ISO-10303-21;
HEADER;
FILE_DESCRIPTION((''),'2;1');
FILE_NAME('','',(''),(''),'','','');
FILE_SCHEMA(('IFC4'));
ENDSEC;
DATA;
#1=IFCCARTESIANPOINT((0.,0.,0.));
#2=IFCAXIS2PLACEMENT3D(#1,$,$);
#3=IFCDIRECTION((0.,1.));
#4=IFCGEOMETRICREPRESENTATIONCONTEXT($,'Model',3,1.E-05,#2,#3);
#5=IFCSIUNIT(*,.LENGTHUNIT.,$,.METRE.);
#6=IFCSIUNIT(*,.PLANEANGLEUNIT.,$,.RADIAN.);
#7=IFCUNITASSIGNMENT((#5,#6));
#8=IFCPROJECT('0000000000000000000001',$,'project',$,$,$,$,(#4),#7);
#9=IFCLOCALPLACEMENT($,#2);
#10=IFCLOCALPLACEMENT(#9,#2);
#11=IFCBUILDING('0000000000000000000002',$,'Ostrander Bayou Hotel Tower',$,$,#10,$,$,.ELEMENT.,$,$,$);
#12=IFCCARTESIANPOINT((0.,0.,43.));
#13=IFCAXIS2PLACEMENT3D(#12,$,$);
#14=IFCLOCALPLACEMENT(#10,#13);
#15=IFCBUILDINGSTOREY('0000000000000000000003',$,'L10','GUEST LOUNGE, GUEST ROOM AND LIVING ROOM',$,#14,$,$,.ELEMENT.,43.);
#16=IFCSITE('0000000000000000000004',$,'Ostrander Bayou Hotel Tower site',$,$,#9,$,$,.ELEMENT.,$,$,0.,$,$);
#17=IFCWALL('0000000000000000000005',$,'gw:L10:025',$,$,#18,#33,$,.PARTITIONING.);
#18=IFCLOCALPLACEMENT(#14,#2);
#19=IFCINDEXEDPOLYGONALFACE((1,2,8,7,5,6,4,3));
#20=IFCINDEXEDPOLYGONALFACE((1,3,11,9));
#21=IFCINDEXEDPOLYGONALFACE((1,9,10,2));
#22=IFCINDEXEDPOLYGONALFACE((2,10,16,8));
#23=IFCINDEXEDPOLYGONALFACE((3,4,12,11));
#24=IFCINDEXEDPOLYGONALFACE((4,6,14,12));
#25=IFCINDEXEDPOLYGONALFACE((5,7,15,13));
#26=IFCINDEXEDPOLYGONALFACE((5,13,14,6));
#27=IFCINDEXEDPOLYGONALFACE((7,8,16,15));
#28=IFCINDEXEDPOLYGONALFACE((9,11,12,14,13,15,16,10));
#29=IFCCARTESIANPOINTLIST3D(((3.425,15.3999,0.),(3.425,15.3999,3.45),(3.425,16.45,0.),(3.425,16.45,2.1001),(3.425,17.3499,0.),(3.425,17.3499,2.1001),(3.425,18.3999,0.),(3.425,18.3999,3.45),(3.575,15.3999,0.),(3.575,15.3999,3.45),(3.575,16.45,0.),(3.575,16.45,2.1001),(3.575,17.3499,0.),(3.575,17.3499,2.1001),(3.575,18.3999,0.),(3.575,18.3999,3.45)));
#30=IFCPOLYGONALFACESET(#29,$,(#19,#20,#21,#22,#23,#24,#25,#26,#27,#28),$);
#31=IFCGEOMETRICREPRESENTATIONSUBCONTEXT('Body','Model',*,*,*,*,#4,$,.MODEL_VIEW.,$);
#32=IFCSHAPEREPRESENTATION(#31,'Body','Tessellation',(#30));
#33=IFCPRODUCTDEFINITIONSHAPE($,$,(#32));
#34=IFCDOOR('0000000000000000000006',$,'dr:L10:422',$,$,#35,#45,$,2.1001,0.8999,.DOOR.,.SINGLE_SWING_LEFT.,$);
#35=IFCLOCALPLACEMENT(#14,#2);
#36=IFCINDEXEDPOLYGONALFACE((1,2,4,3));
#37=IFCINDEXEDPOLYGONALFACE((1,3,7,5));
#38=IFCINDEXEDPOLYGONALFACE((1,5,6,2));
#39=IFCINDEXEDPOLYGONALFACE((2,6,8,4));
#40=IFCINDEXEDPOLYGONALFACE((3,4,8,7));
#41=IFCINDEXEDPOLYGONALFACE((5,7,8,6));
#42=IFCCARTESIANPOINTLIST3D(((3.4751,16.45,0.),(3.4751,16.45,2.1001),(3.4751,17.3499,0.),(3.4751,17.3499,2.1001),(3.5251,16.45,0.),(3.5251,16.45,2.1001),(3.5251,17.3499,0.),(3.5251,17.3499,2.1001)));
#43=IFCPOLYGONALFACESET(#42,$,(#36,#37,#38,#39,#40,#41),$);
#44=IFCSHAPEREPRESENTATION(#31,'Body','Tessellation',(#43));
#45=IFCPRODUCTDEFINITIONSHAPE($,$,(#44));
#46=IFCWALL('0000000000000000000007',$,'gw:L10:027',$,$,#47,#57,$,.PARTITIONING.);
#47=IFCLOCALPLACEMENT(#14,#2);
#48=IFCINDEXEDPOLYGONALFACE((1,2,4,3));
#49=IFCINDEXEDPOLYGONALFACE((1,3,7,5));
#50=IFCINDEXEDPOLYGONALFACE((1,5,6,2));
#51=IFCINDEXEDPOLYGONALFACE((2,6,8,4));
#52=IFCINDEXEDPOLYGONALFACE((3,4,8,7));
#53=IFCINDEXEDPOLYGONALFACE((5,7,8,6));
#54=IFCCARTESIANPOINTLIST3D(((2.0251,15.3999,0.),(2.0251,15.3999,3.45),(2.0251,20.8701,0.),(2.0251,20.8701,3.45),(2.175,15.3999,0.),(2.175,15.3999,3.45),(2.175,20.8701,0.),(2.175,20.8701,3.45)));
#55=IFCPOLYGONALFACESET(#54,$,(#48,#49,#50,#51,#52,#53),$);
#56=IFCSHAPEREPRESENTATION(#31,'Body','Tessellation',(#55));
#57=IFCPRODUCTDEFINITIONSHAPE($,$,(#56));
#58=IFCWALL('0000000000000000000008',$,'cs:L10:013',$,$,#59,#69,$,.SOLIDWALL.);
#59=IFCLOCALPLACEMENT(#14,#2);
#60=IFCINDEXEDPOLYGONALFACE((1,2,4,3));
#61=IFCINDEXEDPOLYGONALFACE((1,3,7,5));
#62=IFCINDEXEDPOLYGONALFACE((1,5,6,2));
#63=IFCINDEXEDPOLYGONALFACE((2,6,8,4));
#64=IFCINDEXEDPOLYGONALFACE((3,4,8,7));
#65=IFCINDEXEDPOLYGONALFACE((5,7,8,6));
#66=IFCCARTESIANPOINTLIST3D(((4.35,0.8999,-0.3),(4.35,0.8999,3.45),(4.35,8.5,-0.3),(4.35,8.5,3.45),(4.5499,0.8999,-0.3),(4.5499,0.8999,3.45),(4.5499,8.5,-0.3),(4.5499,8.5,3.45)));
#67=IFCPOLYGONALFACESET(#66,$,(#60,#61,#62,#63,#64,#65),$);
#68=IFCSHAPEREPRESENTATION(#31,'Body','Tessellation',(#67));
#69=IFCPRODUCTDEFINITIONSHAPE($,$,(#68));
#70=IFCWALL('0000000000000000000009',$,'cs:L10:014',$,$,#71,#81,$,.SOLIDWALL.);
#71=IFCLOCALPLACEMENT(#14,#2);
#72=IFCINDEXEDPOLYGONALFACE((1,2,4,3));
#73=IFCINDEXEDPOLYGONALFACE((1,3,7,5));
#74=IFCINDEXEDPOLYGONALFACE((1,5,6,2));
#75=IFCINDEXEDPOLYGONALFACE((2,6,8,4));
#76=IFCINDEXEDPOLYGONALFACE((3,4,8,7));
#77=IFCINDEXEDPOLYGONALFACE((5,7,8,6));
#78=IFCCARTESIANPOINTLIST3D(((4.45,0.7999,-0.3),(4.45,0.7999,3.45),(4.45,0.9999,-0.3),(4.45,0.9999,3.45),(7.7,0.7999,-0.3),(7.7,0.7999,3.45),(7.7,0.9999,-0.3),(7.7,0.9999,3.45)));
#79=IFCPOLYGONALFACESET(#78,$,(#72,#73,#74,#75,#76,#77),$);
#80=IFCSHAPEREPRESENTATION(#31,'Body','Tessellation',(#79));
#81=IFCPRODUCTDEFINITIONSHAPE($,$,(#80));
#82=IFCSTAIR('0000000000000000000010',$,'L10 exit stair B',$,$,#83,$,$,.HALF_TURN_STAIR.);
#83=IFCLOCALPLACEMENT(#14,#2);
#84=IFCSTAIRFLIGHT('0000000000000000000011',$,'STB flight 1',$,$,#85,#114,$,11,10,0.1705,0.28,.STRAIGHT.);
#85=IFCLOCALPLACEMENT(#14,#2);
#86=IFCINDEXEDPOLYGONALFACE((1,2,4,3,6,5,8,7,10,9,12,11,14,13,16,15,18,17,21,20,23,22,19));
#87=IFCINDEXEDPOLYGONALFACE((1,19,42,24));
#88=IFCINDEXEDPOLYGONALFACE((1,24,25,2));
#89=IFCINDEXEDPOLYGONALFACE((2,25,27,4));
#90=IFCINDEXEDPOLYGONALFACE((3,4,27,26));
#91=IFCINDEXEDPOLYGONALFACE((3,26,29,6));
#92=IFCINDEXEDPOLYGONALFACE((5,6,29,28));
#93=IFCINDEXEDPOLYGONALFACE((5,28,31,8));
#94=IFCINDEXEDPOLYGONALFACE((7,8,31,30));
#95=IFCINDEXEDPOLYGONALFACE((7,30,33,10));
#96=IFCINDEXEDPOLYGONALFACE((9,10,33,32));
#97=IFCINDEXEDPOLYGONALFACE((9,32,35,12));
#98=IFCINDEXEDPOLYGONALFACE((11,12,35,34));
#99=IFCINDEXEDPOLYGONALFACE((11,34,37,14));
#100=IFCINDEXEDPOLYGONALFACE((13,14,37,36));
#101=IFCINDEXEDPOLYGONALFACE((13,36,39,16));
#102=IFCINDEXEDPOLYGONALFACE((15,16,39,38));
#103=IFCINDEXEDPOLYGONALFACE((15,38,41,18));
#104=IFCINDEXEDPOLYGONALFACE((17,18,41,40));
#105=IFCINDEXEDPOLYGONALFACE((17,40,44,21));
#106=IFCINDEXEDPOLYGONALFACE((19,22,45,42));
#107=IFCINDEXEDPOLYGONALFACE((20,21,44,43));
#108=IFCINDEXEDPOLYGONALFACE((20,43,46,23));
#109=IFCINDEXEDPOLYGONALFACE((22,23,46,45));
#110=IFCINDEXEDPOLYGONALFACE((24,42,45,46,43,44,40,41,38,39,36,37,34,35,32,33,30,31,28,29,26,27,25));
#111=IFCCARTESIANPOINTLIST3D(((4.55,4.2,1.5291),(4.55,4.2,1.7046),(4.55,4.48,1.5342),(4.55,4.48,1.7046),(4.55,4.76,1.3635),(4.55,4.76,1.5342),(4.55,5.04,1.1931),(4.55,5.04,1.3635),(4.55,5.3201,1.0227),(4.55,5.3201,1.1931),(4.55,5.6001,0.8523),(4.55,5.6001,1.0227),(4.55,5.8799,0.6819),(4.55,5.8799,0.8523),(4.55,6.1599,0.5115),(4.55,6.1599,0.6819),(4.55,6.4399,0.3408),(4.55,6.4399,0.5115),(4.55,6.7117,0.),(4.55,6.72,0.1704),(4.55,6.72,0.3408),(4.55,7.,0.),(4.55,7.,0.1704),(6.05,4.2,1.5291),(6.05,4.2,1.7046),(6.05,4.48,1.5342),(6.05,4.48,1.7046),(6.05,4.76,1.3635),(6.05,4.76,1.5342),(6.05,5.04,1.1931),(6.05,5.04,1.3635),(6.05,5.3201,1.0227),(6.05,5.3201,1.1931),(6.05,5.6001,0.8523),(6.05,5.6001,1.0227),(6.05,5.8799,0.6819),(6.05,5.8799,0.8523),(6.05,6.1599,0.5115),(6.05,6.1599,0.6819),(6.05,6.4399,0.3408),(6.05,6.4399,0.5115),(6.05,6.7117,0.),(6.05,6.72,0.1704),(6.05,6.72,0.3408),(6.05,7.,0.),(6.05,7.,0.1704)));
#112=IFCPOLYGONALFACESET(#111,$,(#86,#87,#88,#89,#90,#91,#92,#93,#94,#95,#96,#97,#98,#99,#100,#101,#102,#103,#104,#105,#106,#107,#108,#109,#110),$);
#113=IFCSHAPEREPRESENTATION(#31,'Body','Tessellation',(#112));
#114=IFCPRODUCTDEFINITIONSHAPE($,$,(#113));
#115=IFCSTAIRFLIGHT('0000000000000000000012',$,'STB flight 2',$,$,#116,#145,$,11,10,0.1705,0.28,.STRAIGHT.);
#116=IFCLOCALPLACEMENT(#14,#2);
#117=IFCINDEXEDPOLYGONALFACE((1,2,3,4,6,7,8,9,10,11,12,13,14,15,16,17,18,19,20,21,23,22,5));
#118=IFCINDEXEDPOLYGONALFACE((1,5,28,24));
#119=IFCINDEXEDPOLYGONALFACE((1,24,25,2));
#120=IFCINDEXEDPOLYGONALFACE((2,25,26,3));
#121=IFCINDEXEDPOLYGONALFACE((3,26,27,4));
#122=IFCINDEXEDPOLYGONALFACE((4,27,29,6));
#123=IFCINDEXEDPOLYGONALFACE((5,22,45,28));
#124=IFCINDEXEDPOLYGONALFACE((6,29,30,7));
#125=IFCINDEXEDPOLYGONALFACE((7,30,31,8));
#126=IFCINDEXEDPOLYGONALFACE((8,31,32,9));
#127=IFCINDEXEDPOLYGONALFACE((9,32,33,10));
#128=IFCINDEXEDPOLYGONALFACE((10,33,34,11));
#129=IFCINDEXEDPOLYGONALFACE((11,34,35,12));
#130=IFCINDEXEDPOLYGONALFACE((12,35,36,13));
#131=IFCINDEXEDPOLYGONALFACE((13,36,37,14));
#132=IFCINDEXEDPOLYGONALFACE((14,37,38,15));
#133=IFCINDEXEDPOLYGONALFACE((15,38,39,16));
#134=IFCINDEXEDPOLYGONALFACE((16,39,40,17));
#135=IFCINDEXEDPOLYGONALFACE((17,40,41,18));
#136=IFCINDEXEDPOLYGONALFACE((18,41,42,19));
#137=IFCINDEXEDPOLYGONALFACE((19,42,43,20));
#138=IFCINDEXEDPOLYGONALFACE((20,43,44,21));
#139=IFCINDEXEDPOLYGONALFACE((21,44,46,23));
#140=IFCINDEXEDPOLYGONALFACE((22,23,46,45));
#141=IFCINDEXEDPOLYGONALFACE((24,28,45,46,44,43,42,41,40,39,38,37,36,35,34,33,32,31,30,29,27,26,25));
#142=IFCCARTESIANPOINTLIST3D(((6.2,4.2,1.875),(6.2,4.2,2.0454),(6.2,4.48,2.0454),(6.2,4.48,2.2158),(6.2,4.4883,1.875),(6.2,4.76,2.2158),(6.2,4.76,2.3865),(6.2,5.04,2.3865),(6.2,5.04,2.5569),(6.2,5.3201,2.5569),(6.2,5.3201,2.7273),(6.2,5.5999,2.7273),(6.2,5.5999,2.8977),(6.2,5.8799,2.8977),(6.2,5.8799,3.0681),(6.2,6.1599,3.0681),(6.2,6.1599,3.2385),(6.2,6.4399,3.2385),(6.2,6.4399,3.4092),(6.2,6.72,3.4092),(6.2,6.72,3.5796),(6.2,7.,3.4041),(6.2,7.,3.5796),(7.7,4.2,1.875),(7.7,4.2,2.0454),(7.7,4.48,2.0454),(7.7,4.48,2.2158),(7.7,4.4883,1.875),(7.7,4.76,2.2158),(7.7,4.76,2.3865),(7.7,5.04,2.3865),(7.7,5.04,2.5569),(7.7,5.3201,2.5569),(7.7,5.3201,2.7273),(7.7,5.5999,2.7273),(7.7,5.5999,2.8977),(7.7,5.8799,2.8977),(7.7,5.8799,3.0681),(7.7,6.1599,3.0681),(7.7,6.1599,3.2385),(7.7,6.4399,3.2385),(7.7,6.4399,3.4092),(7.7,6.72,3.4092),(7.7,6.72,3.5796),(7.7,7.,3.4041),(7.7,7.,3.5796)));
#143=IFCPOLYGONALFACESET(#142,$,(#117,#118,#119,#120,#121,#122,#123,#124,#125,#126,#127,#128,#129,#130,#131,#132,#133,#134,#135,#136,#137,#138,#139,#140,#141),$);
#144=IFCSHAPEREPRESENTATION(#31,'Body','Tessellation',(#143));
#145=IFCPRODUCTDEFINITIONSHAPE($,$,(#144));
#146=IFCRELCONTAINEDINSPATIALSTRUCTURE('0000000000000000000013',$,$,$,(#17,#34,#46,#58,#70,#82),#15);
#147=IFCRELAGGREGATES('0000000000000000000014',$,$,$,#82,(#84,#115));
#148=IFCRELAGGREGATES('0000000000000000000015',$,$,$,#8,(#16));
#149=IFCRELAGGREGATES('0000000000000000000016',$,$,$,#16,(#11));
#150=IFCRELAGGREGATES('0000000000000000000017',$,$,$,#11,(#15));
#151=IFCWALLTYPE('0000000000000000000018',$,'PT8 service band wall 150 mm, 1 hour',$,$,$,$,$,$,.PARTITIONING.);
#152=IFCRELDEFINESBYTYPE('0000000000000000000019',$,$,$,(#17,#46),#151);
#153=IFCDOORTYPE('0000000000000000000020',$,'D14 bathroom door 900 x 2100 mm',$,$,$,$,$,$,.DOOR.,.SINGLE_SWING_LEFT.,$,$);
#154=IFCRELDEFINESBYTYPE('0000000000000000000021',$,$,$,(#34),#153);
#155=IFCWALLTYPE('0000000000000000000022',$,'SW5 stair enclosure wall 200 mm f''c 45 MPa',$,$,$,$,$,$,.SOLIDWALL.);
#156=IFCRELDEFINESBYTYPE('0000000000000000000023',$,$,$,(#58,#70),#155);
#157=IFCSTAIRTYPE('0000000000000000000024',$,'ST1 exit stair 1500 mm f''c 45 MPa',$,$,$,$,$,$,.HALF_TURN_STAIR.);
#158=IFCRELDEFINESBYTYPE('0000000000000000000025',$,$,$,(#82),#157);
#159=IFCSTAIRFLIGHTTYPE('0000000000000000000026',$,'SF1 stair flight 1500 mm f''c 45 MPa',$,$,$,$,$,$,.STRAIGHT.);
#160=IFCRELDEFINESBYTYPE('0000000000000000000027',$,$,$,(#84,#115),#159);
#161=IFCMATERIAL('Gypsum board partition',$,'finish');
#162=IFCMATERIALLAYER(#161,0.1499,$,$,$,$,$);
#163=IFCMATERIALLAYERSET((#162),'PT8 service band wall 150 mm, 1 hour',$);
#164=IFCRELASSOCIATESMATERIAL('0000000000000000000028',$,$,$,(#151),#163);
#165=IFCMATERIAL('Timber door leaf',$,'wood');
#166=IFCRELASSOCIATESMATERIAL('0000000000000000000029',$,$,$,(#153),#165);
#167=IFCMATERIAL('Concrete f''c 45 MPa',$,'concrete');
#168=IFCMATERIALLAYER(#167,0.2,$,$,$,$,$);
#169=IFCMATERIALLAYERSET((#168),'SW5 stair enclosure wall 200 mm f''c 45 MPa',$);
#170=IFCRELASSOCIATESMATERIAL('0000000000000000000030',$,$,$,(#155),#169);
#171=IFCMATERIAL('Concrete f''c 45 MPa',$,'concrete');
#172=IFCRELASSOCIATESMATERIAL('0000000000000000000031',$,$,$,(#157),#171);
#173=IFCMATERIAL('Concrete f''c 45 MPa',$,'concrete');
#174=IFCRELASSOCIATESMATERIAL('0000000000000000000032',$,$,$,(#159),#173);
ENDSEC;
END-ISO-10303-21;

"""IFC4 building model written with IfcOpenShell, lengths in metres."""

from ifc_helpers import new_model, si_unit, direction, frame, frame_2d, origin, place, context, subcontext, project, spatial, polyline, rectangle, outline, extrude, material, layer, layer_set, type_object, element, fill, aggregate, save


model = new_model("IFC4")

# Units and contexts
model_context = context("Model", 3, precision=1e-05, world=origin(), true_north=direction((0.0, 1.0)))
body_context = subcontext(model_context, "Body", "Model", "MODEL_VIEW")
ifc_project = project(units=[si_unit("LENGTHUNIT", "METRE"), si_unit("PLANEANGLEUNIT", "RADIAN")], contexts=[model_context])

# Site, building, storey
site_placement = place(None, origin())
site = spatial("IfcSite", under=ifc_project, at=site_placement, Name="Ostrander Bayou Hotel Tower site", CompositionType="ELEMENT", RefElevation=0.0)
building_placement = place(site_placement, origin())
building = spatial("IfcBuilding", under=site, at=building_placement, Name="Ostrander Bayou Hotel Tower", CompositionType="ELEMENT")
storey_placement = place(building_placement, frame((0.0, 0.0, 43.0)))
storey = spatial("IfcBuildingStorey", under=building, at=storey_placement, Name="L10", Description="GUEST LOUNGE, GUEST ROOM AND LIVING ROOM", CompositionType="ELEMENT", Elevation=43.0)

# Shared definitions
ifc_material_1 = material(Name="Gypsum board partition", Category="finish")
ifc_layer_1 = layer(ifc_material_1, 0.1499)
ifc_layer_set_1 = layer_set([ifc_layer_1], Name="PT8 service band wall 150 mm, 1 hour")
wall_type_1 = type_object("IfcWallType", Name="PT8 service band wall 150 mm, 1 hour", PredefinedType="PARTITIONING", material=ifc_layer_set_1)

# Wall, opening, door
wall_1_placement = place(storey_placement, frame((3.5, 15.3999, 0.0), z_axis=(0.0, 0.0, 1.0), x_axis=(0.0, 1.0, 0.0)))
wall_1 = element("IfcWall", 1, at=wall_1_placement, inside=storey, type_object=wall_type_1, Name="gw:L10:025", PredefinedType="PARTITIONING", context=body_context, shape_type="SweptSolid", body=[
    extrude(rectangle(XDim=3.0, YDim=0.1499, at=frame_2d((1.5, 0.0))), origin(), (0.0, 0.0, 1.0), 3.45),
])
opening_1_placement = place(wall_1_placement, frame((1.05, 0.0, 0.0)))
opening_1 = element("IfcOpeningElement", 2, at=opening_1_placement, cuts=wall_1, PredefinedType="OPENING", context=body_context, shape_type="SweptSolid", body=[
    extrude(rectangle(XDim=0.8999, YDim=2.1001, at=frame_2d((0.45, 1.05))), frame((0.0, 0.075, 0.0), z_axis=(0.0, -1.0, 0.0), x_axis=(1.0, 0.0, 0.0)), (0.0, 0.0, 1.0), 0.1499),
])
ifc_material_2 = material(Name="Timber door leaf", Category="wood")
door_type_1 = type_object("IfcDoorType", Name="D14 bathroom door 900 x 2100 mm", OperationType="SINGLE_SWING_LEFT", PredefinedType="DOOR", material=ifc_material_2)
door_1_placement = place(opening_1_placement, origin())
door_1 = element("IfcDoor", 3, at=door_1_placement, inside=storey, type_object=door_type_1, Name="dr:L10:422", OperationType="SINGLE_SWING_LEFT", OverallHeight=2.1001, OverallWidth=0.8999, PredefinedType="DOOR", context=body_context, shape_type="SweptSolid", body=[
    extrude(rectangle(XDim=0.8999, YDim=2.1001, at=frame_2d((0.45, 1.05))), frame((0.0, 0.0249, 0.0), z_axis=(0.0, -1.0, 0.0), x_axis=(1.0, 0.0, 0.0)), (0.0, 0.0, 1.0), 0.05),
])
fill(opening_1, door_1)

# Walls
wall_2_placement = place(storey_placement, frame((2.1001, 15.3999, 0.0), z_axis=(0.0, 0.0, 1.0), x_axis=(0.0, 1.0, 0.0)))
element("IfcWall", 4, at=wall_2_placement, inside=storey, type_object=wall_type_1, Name="gw:L10:027", PredefinedType="PARTITIONING", context=body_context, shape_type="SweptSolid", body=[
    extrude(rectangle(XDim=5.4702, YDim=0.1499, at=frame_2d((2.7351, 0.0))), origin(), (0.0, 0.0, 1.0), 3.45),
])
ifc_material_3 = material(Name="Concrete f'c 45 MPa", Category="concrete")
ifc_layer_2 = layer(ifc_material_3, 0.2)
ifc_layer_set_2 = layer_set([ifc_layer_2], Name="SW5 stair enclosure wall 200 mm f'c 45 MPa")
wall_type_2 = type_object("IfcWallType", Name="SW5 stair enclosure wall 200 mm f'c 45 MPa", PredefinedType="SOLIDWALL", material=ifc_layer_set_2)
wall_3_placement = place(storey_placement, frame((4.45, 0.8999, -0.3), z_axis=(0.0, 0.0, 1.0), x_axis=(0.0, 1.0, 0.0)))
element("IfcWall", 5, at=wall_3_placement, inside=storey, type_object=wall_type_2, Name="cs:L10:013", PredefinedType="SOLIDWALL", context=body_context, shape_type="SweptSolid", body=[
    extrude(rectangle(XDim=7.6001, YDim=0.2, at=frame_2d((3.8, 0.0))), origin(), (0.0, 0.0, 1.0), 3.75),
])
wall_4_placement = place(storey_placement, frame((4.45, 0.8999, -0.3), z_axis=(0.0, 0.0, 1.0), x_axis=(1.0, 0.0, 0.0)))
element("IfcWall", 6, at=wall_4_placement, inside=storey, type_object=wall_type_2, Name="cs:L10:014", PredefinedType="SOLIDWALL", context=body_context, shape_type="SweptSolid", body=[
    extrude(rectangle(XDim=3.25, YDim=0.2, at=frame_2d((1.625, 0.0))), origin(), (0.0, 0.0, 1.0), 3.75),
])

# Stair, stair flights
ifc_material_4 = material(Name="Concrete f'c 45 MPa", Category="concrete")
stair_type = type_object("IfcStairType", Name="ST1 exit stair 1500 mm f'c 45 MPa", PredefinedType="HALF_TURN_STAIR", material=ifc_material_4)
stair_placement = place(storey_placement, origin())
stair = element("IfcStair", 7, at=stair_placement, inside=storey, type_object=stair_type, Name="L10 exit stair B", PredefinedType="HALF_TURN_STAIR")
ifc_material_5 = material(Name="Concrete f'c 45 MPa", Category="concrete")
stair_flight_type = type_object("IfcStairFlightType", Name="SF1 stair flight 1500 mm f'c 45 MPa", PredefinedType="STRAIGHT", material=ifc_material_5)
stair_flight_1_placement = place(storey_placement, frame((5.3, 7.0, 0.0), z_axis=(0.0, 0.0, 1.0), x_axis=(0.0, -1.0, 0.0)))
stair_flight_1 = element("IfcStairFlight", 8, at=stair_flight_1_placement, type_object=stair_flight_type, Name="STB flight 1", NumberOfRisers=11, NumberOfTreads=10, PredefinedType="STRAIGHT", RiserHeight=0.1705, TreadLength=0.28, context=body_context, shape_type="SweptSolid", body=[
    extrude(outline(polyline([(0.0, 0.0), (0.0, 0.1704), (0.28, 0.1704), (0.28, 0.3408), (0.5601, 0.3408), (0.5601, 0.5115), (0.8401, 0.5115), (0.8401, 0.6819), (1.1201, 0.6819), (1.1201, 0.8523), (1.3999, 0.8523), (1.3999, 1.0227), (1.6799, 1.0227), (1.6799, 1.1931), (1.96, 1.1931), (1.96, 1.3635), (2.24, 1.3635), (2.24, 1.5342), (2.52, 1.5342), (2.52, 1.7046), (2.8, 1.7046), (2.8, 1.875), (2.8, 1.5291), (0.2883, 0.0), (0.0, 0.0)])), frame((0.0, 0.75, 0.0), z_axis=(0.0, -1.0, 0.0), x_axis=(1.0, 0.0, 0.0)), (0.0, 0.0, 1.0), 1.5),
])
stair_flight_2_placement = place(storey_placement, frame((6.95, 4.2, 1.875), z_axis=(0.0, 0.0, 1.0), x_axis=(0.0, 1.0, 0.0)))
stair_flight_2 = element("IfcStairFlight", 9, at=stair_flight_2_placement, type_object=stair_flight_type, Name="STB flight 2", NumberOfRisers=11, NumberOfTreads=10, PredefinedType="STRAIGHT", RiserHeight=0.1705, TreadLength=0.28, context=body_context, shape_type="SweptSolid", body=[
    extrude(outline(polyline([(0.0, 0.0), (0.0, 0.1704), (0.28, 0.1704), (0.28, 0.3408), (0.5601, 0.3408), (0.5601, 0.5115), (0.8401, 0.5115), (0.8401, 0.6819), (1.1201, 0.6819), (1.1201, 0.8523), (1.3999, 0.8523), (1.3999, 1.0227), (1.6799, 1.0227), (1.6799, 1.1931), (1.96, 1.1931), (1.96, 1.3635), (2.24, 1.3635), (2.24, 1.5342), (2.52, 1.5342), (2.52, 1.7046), (2.8, 1.7046), (2.8, 1.875), (2.8, 1.5291), (0.2883, 0.0), (0.0, 0.0)])), frame((0.0, 0.75, 0.0), z_axis=(0.0, -1.0, 0.0), x_axis=(1.0, 0.0, 0.0)), (0.0, 0.0, 1.0), 1.5),
])
aggregate(stair, [stair_flight_1, stair_flight_2])

save(model, "model.ifc")
